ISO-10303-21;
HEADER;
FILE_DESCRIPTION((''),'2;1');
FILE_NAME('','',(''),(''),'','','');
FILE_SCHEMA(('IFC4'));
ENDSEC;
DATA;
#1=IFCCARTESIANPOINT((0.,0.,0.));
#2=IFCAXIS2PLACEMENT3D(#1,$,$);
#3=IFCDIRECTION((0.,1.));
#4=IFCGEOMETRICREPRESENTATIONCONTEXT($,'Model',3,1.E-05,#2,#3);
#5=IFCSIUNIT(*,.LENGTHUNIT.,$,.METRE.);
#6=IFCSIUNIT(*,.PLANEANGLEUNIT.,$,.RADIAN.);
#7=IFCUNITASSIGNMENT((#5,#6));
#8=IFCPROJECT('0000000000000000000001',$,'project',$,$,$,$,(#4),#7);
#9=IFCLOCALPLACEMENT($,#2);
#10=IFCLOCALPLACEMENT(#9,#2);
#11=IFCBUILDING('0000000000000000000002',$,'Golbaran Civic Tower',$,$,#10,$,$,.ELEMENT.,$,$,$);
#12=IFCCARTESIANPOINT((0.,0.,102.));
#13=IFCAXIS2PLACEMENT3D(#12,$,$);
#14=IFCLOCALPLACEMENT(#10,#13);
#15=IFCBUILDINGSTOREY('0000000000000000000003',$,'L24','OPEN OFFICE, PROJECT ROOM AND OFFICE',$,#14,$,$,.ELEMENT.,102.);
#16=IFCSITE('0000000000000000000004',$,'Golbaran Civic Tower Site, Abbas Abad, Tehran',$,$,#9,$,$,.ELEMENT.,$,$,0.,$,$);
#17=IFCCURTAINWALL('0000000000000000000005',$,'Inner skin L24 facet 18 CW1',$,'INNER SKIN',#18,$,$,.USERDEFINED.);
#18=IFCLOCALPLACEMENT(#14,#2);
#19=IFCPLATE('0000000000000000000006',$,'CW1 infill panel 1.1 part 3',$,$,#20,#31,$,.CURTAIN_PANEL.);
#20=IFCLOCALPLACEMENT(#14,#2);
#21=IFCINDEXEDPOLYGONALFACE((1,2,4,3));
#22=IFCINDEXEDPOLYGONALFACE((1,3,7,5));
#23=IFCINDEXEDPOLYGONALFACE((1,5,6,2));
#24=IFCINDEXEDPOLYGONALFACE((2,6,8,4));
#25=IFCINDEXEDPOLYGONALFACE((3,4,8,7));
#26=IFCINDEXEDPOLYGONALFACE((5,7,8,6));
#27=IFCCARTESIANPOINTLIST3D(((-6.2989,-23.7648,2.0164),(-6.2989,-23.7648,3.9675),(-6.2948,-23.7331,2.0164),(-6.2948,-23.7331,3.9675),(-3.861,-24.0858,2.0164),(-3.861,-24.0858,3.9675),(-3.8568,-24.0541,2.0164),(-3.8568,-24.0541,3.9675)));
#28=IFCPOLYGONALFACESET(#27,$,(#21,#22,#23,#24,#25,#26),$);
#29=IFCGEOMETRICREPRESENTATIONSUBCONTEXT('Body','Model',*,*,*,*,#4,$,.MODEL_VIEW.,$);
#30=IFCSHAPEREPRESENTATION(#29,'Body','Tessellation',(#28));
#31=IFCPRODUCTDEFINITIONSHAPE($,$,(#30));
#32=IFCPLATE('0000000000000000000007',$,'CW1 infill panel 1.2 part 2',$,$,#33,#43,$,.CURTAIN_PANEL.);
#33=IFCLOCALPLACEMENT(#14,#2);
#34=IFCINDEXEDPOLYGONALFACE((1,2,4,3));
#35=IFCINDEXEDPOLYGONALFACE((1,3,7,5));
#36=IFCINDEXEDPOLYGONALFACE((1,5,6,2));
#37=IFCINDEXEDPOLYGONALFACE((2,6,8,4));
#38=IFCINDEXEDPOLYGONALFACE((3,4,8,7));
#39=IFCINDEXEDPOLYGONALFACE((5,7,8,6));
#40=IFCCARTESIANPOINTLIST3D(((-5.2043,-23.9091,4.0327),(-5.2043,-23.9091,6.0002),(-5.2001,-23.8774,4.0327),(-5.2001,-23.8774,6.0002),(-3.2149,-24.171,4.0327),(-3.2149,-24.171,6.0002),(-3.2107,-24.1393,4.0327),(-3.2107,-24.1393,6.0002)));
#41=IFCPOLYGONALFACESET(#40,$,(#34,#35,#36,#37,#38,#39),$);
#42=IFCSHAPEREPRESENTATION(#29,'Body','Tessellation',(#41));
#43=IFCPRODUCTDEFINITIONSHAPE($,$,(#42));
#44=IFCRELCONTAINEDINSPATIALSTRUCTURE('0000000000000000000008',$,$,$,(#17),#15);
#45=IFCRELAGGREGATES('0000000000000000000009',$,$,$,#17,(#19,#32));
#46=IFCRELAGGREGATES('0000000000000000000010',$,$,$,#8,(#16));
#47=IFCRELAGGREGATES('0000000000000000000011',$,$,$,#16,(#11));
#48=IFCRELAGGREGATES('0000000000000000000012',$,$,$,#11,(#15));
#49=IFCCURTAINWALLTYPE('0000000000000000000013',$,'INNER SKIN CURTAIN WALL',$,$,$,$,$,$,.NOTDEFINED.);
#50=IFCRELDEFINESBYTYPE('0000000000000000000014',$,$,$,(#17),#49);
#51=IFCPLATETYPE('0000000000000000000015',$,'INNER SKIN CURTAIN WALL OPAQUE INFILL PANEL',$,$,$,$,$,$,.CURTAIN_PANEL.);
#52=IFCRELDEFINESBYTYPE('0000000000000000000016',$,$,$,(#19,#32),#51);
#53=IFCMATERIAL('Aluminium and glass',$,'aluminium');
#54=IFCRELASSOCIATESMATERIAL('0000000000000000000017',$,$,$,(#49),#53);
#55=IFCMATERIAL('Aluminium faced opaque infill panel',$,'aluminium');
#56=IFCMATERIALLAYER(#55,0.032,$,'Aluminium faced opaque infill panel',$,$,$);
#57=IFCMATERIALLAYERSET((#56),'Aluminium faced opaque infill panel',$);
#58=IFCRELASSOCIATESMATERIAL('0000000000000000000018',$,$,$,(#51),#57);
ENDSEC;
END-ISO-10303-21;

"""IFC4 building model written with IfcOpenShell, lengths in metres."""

from ifc_helpers import new_model, si_unit, direction, frame, origin, origin_2d, place, context, subcontext, project, spatial, rectangle, extrude, material, layer, layer_set, type_object, element, aggregate, save


model = new_model("IFC4")

# Units and contexts
model_context = context("Model", 3, precision=1e-05, world=origin(), true_north=direction((0.0, 1.0)))
body_context = subcontext(model_context, "Body", "Model", "MODEL_VIEW")
ifc_project = project(units=[si_unit("LENGTHUNIT", "METRE"), si_unit("PLANEANGLEUNIT", "RADIAN")], contexts=[model_context])

# Site, building, storey
site_placement = place(None, origin())
site = spatial("IfcSite", under=ifc_project, at=site_placement, Name="Golbaran Civic Tower Site, Abbas Abad, Tehran", CompositionType="ELEMENT", RefElevation=0.0)
building_placement = place(site_placement, origin())
building = spatial("IfcBuilding", under=site, at=building_placement, Name="Golbaran Civic Tower", CompositionType="ELEMENT")
storey_placement = place(building_placement, frame((0.0, 0.0, 102.0)))
storey = spatial("IfcBuildingStorey", under=building, at=storey_placement, Name="L24", Description="OPEN OFFICE, PROJECT ROOM AND OFFICE", CompositionType="ELEMENT", Elevation=102.0)

# Shared definitions
ifc_material_1 = material(Name="Aluminium and glass", Category="aluminium")
curtain_wall_type = type_object("IfcCurtainWallType", Name="INNER SKIN CURTAIN WALL", PredefinedType="NOTDEFINED", material=ifc_material_1)

# Curtain wall
curtain_wall_1_placement = place(storey_placement, origin())
curtain_wall_1 = element("IfcCurtainWall", 1, at=curtain_wall_1_placement, inside=storey, type_object=curtain_wall_type, Name="Inner skin L24 facet 18 CW1", ObjectType="INNER SKIN", PredefinedType="USERDEFINED")

# Plates
ifc_material_2 = material(Name="Aluminium faced opaque infill panel", Category="aluminium")
ifc_layer_1 = layer(ifc_material_2, 0.032, Name="Aluminium faced opaque infill panel")
ifc_layer_set_1 = layer_set([ifc_layer_1], Name="Aluminium faced opaque infill panel")
plate_type_1 = type_object("IfcPlateType", Name="INNER SKIN CURTAIN WALL OPAQUE INFILL PANEL", PredefinedType="CURTAIN_PANEL", material=ifc_layer_set_1)
plate_1_placement = place(storey_placement, frame((-5.0779, -23.9094, 2.0164), z_axis=(0.0, 0.0, 1.0), x_axis=(0.991445, -0.130526, 0.0)))
plate_1 = element("IfcPlate", 2, at=plate_1_placement, type_object=plate_type_1, Name="CW1 infill panel 1.1 part 3", PredefinedType="CURTAIN_PANEL", context=body_context, shape_type="SweptSolid", body=[
    extrude(rectangle(XDim=2.459, YDim=0.032, at=origin_2d()), origin(), (0.0, 0.0, 1.0), 1.9512),
])
plate_2_placement = place(storey_placement, frame((-4.2075, -24.0242, 4.0327), z_axis=(0.0, 0.0, 1.0), x_axis=(0.991445, -0.130526, 0.0)))
plate_2 = element("IfcPlate", 3, at=plate_2_placement, type_object=plate_type_1, Name="CW1 infill panel 1.2 part 2", PredefinedType="CURTAIN_PANEL", context=body_context, shape_type="SweptSolid", body=[
    extrude(rectangle(XDim=2.0066, YDim=0.032, at=origin_2d()), origin(), (0.0, 0.0, 1.0), 1.9675),
])
aggregate(curtain_wall_1, [plate_1, plate_2])

save(model, "model.ifc")
